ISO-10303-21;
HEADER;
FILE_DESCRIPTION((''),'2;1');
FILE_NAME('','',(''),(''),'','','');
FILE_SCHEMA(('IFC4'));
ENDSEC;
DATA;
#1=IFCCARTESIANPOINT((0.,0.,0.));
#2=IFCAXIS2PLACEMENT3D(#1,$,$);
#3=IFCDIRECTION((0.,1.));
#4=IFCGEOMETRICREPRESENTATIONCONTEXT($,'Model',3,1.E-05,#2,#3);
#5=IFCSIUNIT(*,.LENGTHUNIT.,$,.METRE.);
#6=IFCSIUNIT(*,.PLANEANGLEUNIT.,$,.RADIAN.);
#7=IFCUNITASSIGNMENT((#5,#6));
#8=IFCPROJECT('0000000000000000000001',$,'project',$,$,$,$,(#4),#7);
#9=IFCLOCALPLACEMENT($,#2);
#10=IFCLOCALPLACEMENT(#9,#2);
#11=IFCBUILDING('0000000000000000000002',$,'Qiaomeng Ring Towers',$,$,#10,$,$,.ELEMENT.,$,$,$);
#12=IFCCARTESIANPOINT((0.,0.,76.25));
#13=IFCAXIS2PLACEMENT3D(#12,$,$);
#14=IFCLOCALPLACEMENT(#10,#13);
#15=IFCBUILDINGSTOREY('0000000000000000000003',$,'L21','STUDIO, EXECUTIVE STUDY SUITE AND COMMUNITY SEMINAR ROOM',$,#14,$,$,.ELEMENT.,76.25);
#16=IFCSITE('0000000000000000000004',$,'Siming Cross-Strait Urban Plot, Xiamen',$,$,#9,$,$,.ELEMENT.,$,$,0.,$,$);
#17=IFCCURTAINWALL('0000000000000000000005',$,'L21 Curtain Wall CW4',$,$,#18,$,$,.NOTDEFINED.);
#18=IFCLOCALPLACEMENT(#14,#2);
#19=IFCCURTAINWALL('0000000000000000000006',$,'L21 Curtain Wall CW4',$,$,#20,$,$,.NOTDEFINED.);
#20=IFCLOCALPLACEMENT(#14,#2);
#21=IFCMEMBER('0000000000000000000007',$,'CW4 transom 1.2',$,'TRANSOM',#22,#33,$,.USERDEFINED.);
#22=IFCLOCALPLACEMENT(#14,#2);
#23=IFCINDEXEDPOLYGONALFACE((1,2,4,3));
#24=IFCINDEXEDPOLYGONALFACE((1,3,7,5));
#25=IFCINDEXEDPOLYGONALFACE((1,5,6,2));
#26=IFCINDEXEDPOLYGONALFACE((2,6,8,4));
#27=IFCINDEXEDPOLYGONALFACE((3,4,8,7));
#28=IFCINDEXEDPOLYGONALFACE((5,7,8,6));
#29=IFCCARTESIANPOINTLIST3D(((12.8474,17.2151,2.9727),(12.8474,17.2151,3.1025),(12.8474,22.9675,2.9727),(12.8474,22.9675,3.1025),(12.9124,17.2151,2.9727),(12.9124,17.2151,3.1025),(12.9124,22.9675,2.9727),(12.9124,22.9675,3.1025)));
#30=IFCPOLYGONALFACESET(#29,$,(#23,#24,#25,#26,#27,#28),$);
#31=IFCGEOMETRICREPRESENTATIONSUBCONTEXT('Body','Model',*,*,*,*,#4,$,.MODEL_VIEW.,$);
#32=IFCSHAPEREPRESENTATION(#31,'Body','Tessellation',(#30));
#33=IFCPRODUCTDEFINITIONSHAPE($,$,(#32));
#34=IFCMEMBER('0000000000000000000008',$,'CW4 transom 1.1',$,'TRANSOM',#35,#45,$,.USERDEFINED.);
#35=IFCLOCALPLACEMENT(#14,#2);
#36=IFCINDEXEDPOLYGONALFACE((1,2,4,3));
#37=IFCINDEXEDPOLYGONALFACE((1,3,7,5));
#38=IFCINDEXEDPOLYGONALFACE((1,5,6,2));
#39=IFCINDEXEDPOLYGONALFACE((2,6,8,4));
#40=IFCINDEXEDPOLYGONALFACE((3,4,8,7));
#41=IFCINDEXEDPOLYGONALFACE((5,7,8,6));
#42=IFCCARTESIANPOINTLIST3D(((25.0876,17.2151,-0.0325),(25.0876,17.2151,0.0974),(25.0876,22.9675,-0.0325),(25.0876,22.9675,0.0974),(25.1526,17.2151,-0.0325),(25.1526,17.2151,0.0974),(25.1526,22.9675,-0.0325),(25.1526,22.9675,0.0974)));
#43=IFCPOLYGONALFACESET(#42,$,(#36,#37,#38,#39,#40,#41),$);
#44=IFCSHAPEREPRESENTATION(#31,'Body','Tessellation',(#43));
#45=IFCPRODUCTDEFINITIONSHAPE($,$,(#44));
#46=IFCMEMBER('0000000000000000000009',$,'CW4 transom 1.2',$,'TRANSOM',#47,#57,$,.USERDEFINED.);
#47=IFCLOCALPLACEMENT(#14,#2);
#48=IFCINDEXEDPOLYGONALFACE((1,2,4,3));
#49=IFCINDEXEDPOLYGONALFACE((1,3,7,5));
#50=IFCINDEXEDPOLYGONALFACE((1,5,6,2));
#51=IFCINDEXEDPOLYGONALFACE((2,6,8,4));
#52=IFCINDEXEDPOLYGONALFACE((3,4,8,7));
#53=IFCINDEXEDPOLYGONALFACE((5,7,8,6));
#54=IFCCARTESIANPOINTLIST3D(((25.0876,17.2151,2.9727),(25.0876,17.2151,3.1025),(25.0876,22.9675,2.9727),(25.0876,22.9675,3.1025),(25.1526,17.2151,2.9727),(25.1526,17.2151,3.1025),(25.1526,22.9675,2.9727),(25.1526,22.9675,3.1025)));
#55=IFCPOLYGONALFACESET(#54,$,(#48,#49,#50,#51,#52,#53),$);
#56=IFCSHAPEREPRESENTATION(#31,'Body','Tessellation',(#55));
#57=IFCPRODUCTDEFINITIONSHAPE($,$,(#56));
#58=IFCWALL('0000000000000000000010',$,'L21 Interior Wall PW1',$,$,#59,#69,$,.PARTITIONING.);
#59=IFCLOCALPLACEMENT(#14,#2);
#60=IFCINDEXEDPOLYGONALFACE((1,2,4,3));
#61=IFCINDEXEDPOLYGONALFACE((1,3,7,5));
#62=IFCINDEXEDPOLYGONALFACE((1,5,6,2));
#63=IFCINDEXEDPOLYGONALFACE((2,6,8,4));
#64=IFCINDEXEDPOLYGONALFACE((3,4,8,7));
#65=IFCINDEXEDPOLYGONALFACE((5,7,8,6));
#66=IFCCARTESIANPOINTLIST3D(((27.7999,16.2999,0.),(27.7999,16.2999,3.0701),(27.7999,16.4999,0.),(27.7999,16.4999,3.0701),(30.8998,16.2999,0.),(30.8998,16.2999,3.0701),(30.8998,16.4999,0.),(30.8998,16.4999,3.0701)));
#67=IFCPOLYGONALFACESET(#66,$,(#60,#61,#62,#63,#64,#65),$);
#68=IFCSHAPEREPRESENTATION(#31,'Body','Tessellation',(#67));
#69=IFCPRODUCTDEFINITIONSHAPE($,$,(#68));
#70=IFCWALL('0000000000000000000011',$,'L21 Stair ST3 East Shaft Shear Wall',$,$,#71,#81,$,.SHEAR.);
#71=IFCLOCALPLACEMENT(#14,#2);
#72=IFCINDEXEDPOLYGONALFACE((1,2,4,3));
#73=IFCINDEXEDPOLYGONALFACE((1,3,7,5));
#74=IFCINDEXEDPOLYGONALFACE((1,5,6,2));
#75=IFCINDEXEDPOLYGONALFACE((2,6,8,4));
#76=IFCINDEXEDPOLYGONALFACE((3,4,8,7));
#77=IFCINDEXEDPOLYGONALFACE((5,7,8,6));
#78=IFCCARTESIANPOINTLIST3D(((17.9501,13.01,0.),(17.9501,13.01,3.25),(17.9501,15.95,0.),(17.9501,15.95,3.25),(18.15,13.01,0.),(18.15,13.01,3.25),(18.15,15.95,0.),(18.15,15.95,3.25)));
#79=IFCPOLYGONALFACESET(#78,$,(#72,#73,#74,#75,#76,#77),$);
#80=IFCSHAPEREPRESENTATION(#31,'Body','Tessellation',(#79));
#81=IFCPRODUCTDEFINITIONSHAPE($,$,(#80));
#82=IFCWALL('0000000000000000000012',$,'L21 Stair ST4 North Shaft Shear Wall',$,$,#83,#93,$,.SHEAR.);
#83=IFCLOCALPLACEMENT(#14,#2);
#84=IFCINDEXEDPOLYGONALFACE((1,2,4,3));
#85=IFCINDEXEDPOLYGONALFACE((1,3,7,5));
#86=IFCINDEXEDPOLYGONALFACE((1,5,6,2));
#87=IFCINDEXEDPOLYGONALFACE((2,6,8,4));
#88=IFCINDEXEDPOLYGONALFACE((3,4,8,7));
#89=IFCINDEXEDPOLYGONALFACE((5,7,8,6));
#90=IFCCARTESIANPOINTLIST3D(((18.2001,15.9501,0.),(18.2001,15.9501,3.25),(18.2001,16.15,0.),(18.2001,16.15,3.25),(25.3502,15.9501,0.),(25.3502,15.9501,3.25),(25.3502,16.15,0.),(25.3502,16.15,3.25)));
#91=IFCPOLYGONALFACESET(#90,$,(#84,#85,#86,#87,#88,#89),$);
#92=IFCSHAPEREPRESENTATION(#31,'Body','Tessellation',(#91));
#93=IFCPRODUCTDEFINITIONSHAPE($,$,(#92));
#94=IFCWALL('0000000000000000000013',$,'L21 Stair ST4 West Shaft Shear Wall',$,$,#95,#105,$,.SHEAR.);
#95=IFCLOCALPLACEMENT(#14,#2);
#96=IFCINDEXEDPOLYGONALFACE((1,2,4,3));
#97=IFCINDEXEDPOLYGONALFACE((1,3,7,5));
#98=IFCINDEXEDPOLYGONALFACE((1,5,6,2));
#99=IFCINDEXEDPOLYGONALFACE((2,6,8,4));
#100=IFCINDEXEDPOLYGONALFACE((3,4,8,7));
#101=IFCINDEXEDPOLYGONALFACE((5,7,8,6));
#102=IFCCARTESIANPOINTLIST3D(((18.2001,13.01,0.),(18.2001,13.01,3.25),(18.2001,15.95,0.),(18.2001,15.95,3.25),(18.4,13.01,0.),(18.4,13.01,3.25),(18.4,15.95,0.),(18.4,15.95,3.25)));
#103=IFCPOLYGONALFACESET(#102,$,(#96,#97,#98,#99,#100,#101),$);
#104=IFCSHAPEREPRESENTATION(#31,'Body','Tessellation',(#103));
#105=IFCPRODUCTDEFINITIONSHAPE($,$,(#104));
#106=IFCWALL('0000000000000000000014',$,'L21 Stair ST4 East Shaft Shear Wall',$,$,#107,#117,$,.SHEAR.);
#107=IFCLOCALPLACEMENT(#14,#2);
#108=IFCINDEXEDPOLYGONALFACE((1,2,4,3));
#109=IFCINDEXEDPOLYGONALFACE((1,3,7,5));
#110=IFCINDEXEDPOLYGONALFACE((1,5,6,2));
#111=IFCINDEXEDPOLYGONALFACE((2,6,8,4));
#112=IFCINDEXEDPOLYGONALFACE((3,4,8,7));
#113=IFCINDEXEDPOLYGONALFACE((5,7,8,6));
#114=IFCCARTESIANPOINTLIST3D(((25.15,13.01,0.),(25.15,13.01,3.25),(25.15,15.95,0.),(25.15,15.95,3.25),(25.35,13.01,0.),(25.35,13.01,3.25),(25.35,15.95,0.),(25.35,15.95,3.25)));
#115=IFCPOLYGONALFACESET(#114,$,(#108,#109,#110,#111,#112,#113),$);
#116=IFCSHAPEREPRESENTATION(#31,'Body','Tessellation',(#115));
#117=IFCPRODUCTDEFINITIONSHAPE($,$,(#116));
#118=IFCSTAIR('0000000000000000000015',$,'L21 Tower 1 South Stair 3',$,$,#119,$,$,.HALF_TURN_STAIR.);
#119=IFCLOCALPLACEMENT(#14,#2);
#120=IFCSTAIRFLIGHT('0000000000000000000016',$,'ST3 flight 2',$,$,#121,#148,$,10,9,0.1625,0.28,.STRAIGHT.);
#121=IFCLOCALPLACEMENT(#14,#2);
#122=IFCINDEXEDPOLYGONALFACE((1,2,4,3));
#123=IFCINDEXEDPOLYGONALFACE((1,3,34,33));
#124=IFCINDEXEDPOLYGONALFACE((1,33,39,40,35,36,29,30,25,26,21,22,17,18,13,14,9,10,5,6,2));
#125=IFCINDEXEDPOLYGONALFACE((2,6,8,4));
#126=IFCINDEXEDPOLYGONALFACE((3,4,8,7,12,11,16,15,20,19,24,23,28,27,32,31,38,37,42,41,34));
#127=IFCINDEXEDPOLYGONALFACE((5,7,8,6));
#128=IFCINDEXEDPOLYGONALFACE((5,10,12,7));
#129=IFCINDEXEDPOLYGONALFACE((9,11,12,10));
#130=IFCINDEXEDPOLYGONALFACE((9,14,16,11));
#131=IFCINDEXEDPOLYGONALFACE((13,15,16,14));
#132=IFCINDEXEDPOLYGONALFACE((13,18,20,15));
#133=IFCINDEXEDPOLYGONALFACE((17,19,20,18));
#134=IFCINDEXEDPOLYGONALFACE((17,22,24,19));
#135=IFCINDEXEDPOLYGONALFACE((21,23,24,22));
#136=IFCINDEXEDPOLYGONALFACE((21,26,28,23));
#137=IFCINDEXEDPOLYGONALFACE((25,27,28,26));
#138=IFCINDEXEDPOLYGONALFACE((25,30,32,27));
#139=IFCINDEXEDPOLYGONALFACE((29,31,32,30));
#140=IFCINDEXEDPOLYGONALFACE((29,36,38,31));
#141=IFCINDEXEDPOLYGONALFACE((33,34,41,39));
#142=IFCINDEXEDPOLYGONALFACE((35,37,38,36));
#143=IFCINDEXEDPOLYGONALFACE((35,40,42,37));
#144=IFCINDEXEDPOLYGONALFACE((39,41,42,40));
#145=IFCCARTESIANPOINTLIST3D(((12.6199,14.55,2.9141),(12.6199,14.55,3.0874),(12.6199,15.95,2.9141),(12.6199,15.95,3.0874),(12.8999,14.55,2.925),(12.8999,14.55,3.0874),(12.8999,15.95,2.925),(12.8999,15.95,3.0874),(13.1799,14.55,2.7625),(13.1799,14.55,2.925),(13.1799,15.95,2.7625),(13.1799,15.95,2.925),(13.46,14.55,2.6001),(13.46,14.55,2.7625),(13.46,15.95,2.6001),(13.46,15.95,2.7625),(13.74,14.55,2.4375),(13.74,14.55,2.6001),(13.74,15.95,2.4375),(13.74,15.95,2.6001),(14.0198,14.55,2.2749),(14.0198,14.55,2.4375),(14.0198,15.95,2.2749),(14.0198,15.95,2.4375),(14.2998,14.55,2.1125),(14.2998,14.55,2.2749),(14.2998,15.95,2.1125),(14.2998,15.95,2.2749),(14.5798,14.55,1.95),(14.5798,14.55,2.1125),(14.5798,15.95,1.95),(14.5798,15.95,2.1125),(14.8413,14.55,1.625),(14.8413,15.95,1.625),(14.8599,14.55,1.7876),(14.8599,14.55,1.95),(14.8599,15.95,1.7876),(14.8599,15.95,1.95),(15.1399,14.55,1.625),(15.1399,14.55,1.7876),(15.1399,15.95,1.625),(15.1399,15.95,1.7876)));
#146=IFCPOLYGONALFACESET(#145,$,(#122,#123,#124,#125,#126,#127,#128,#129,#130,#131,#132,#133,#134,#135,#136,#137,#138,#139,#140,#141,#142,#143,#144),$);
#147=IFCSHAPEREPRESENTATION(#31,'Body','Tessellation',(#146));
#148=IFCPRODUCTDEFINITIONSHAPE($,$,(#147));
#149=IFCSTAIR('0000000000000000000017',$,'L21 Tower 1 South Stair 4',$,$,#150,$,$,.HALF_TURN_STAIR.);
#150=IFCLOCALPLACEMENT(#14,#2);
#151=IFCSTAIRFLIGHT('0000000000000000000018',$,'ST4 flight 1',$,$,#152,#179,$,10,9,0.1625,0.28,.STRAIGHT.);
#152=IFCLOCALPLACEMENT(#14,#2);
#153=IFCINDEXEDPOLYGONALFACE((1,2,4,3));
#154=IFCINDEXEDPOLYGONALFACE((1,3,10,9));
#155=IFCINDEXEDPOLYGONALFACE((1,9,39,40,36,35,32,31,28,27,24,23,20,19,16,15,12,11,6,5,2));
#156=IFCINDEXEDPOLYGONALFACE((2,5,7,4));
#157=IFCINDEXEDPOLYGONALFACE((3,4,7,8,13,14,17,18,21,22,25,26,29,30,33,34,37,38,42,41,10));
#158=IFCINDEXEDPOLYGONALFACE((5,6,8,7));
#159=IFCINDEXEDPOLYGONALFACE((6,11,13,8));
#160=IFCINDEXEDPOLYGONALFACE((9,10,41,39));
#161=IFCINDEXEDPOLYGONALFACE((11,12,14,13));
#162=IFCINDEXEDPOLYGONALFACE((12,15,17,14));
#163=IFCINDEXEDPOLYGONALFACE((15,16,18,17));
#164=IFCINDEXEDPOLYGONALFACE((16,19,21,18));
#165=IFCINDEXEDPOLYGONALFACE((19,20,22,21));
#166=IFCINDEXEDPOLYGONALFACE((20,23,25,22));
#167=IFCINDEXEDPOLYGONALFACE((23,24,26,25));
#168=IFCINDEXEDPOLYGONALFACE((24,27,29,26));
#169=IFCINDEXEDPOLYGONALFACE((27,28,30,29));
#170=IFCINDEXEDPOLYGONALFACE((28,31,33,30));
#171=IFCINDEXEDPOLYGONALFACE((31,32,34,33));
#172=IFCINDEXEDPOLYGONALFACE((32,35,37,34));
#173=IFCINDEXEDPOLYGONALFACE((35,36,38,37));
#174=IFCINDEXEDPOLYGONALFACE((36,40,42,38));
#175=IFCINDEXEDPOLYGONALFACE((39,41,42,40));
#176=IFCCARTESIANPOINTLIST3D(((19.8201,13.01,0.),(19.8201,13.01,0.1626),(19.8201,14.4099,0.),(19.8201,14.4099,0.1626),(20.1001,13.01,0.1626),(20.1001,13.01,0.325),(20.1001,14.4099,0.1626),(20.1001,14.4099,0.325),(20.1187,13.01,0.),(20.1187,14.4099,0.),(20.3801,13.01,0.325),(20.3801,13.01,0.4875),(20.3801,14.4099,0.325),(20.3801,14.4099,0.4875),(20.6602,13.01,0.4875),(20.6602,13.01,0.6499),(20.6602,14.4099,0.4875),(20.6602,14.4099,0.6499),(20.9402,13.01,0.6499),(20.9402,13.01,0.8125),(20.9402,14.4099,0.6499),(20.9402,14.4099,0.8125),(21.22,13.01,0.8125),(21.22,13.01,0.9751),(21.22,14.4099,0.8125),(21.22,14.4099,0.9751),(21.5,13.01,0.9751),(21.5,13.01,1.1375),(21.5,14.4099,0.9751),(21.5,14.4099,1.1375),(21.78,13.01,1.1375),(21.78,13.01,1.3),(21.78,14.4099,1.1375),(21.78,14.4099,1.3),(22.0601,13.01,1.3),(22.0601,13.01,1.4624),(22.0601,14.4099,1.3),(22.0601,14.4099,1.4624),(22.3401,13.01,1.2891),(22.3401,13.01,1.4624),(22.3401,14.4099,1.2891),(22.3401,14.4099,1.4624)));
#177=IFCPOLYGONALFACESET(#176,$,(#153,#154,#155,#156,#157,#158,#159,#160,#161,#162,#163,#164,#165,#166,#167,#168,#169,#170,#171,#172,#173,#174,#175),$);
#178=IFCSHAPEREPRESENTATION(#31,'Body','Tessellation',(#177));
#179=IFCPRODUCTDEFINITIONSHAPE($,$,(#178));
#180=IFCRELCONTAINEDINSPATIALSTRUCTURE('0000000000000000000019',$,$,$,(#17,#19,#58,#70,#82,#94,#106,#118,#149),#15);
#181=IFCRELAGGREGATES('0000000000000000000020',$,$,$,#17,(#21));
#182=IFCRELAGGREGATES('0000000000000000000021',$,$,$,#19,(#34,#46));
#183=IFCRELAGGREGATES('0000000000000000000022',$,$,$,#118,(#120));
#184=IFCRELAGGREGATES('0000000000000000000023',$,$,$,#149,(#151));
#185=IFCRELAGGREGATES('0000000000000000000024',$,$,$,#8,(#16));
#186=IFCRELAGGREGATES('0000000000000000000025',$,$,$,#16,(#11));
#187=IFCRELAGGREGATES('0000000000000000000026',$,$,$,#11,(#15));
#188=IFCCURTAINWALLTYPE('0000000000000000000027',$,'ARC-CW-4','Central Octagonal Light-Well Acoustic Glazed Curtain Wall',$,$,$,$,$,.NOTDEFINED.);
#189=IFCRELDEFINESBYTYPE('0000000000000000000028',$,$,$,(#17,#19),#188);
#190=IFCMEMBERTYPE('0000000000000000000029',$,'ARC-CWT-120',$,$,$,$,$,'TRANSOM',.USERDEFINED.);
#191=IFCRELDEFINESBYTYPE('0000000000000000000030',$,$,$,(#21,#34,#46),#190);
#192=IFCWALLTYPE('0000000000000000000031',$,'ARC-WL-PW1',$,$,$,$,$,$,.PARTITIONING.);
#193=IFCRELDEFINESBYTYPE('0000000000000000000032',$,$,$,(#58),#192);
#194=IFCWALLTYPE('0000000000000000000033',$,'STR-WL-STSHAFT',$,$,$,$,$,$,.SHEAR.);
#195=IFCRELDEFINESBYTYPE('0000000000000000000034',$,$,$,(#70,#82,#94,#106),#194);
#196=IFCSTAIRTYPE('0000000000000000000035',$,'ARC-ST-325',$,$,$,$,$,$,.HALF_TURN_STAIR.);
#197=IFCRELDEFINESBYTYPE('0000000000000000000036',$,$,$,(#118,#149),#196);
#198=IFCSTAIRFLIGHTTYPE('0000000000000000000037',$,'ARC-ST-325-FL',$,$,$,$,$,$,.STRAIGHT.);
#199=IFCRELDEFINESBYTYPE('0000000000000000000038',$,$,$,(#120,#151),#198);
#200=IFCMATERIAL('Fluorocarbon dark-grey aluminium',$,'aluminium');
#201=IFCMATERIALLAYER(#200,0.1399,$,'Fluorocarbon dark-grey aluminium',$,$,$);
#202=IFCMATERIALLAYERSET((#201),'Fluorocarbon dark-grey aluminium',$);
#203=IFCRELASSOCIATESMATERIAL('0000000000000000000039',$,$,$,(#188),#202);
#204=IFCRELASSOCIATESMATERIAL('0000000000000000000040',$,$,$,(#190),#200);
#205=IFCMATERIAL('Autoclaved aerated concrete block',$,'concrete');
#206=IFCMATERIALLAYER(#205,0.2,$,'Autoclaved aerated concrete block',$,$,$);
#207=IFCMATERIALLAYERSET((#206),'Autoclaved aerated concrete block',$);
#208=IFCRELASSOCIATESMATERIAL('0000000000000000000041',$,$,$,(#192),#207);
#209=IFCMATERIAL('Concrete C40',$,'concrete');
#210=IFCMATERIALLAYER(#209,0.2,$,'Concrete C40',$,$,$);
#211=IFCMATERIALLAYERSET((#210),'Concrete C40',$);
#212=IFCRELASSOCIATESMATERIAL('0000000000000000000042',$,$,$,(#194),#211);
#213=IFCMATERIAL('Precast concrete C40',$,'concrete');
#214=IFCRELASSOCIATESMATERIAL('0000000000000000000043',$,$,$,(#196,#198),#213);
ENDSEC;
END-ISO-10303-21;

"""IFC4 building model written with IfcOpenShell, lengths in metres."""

from ifc_helpers import new_model, si_unit, direction, frame, frame_2d, origin, origin_2d, place, context, subcontext, project, spatial, polyline, rectangle, outline, extrude, source, transform, mapped, material, layer, layer_set, material_profile, profile_set, type_object, element, aggregate, save


model = new_model("IFC4")

# Units and contexts
model_context = context("Model", 3, precision=1e-05, world=origin(), true_north=direction((0.0, 1.0)))
body_context = subcontext(model_context, "Body", "Model", "MODEL_VIEW")
ifc_project = project(units=[si_unit("LENGTHUNIT", "METRE"), si_unit("PLANEANGLEUNIT", "RADIAN")], contexts=[model_context])

# Site, building, storey
site_placement = place(None, origin())
site = spatial("IfcSite", under=ifc_project, at=site_placement, Name="Siming Cross-Strait Urban Plot, Xiamen", CompositionType="ELEMENT", RefElevation=0.0)
building_placement = place(site_placement, origin())
building = spatial("IfcBuilding", under=site, at=building_placement, Name="Qiaomeng Ring Towers", CompositionType="ELEMENT")
storey_placement = place(building_placement, frame((0.0, 0.0, 76.25)))
storey = spatial("IfcBuildingStorey", under=building, at=storey_placement, Name="L21", Description="STUDIO, EXECUTIVE STUDY SUITE AND COMMUNITY SEMINAR ROOM", CompositionType="ELEMENT", Elevation=76.25)

# Curtain walls
ifc_material_1 = material(Name="Fluorocarbon dark-grey aluminium", Category="aluminium")
ifc_layer_1 = layer(ifc_material_1, 0.1399, Name="Fluorocarbon dark-grey aluminium")
ifc_layer_set_1 = layer_set([ifc_layer_1], Name="Fluorocarbon dark-grey aluminium")
curtain_wall_type = type_object("IfcCurtainWallType", Name="ARC-CW-4", Description="Central Octagonal Light-Well Acoustic Glazed Curtain Wall", PredefinedType="NOTDEFINED", material=ifc_layer_set_1)
curtain_wall_1_placement = place(storey_placement, origin())
curtain_wall_1 = element("IfcCurtainWall", 1, at=curtain_wall_1_placement, inside=storey, type_object=curtain_wall_type, Name="L21 Curtain Wall CW4", PredefinedType="NOTDEFINED")
curtain_wall_2_placement = place(storey_placement, origin())
curtain_wall_2 = element("IfcCurtainWall", 2, at=curtain_wall_2_placement, inside=storey, type_object=curtain_wall_type, Name="L21 Curtain Wall CW4", PredefinedType="NOTDEFINED")

# Members
ifc_material_profile_1 = material_profile(ifc_material_1, rectangle(XDim=0.0649, YDim=0.1299, at=origin_2d()), Name="ALU TRAN 65x130")
ifc_profile_set_1 = profile_set([ifc_material_profile_1], Name="Fluorocarbon dark-grey aluminium")
member_type_1 = type_object("IfcMemberType", Name="ARC-CWT-120", ElementType="TRANSOM", PredefinedType="USERDEFINED", material=ifc_profile_set_1)
shared_shape_1 = source(origin(), body_context, "Body", "SweptSolid", [
    extrude(rectangle(XDim=0.0649, YDim=0.1299, at=origin_2d()), origin(), (0.0, 0.0, 1.0), 5.7524),
])
member_1_placement = place(storey_placement, frame((12.8799, 17.2151, 3.0376), z_axis=(0.0, 1.0, 0.0), x_axis=(-1.0, 0.0, 0.0)))
member_1 = element("IfcMember", 3, at=member_1_placement, type_object=member_type_1, Name="CW4 transom 1.2", ObjectType="TRANSOM", PredefinedType="USERDEFINED", context=body_context, shape_type="MappedRepresentation", body=[
    mapped(shared_shape_1, transform((0.0, 0.0, 0.0), x_axis=(1.0, 0.0, 0.0), y_axis=(0.0, 1.0, 0.0), z_axis=(0.0, 0.0, 1.0), scale=1.0)),
])
aggregate(curtain_wall_1, [member_1])
member_2_placement = place(storey_placement, frame((25.1201, 17.2151, 0.0325), z_axis=(0.0, 1.0, 0.0), x_axis=(-1.0, 0.0, 0.0)))
member_2 = element("IfcMember", 4, at=member_2_placement, type_object=member_type_1, Name="CW4 transom 1.1", ObjectType="TRANSOM", PredefinedType="USERDEFINED", context=body_context, shape_type="MappedRepresentation", body=[
    mapped(shared_shape_1, transform((0.0, 0.0, 0.0), x_axis=(1.0, 0.0, 0.0), y_axis=(0.0, 1.0, 0.0), z_axis=(0.0, 0.0, 1.0), scale=1.0)),
])
member_3_placement = place(storey_placement, frame((25.1201, 17.2151, 3.0376), z_axis=(0.0, 1.0, 0.0), x_axis=(-1.0, 0.0, 0.0)))
member_3 = element("IfcMember", 5, at=member_3_placement, type_object=member_type_1, Name="CW4 transom 1.2", ObjectType="TRANSOM", PredefinedType="USERDEFINED", context=body_context, shape_type="MappedRepresentation", body=[
    mapped(shared_shape_1, transform((0.0, 0.0, 0.0), x_axis=(1.0, 0.0, 0.0), y_axis=(0.0, 1.0, 0.0), z_axis=(0.0, 0.0, 1.0), scale=1.0)),
])
aggregate(curtain_wall_2, [member_2, member_3])

# Walls
ifc_material_2 = material(Name="Autoclaved aerated concrete block", Category="concrete")
ifc_layer_2 = layer(ifc_material_2, 0.2, Name="Autoclaved aerated concrete block")
ifc_layer_set_2 = layer_set([ifc_layer_2], Name="Autoclaved aerated concrete block")
wall_type_1 = type_object("IfcWallType", Name="ARC-WL-PW1", PredefinedType="PARTITIONING", material=ifc_layer_set_2)
wall_1_placement = place(storey_placement, frame((27.8, 16.3999, 0.0), z_axis=(0.0, 0.0, 1.0), x_axis=(1.0, 0.0, 0.0)))
element("IfcWall", 6, at=wall_1_placement, inside=storey, type_object=wall_type_1, Name="L21 Interior Wall PW1", PredefinedType="PARTITIONING", context=body_context, shape_type="SweptSolid", body=[
    extrude(rectangle(XDim=3.0999, YDim=0.2, at=frame_2d((1.5498, 0.0))), origin(), (0.0, 0.0, 1.0), 3.0701),
])
ifc_material_3 = material(Name="Concrete C40", Category="concrete")
ifc_layer_3 = layer(ifc_material_3, 0.2, Name="Concrete C40")
ifc_layer_set_3 = layer_set([ifc_layer_3], Name="Concrete C40")
wall_type_2 = type_object("IfcWallType", Name="STR-WL-STSHAFT", PredefinedType="SHEAR", material=ifc_layer_set_3)
wall_2_placement = place(storey_placement, frame((18.05, 13.01, 0.0), z_axis=(0.0, 0.0, 1.0), x_axis=(0.0, 1.0, 0.0)))
element("IfcWall", 7, at=wall_2_placement, inside=storey, type_object=wall_type_2, Name="L21 Stair ST3 East Shaft Shear Wall", PredefinedType="SHEAR", context=body_context, shape_type="SweptSolid", body=[
    extrude(rectangle(XDim=2.9399, YDim=0.2, at=frame_2d((1.47, 0.0))), origin(), (0.0, 0.0, 1.0), 3.25),
])
wall_3_placement = place(storey_placement, frame((18.2, 16.05, 0.0), z_axis=(0.0, 0.0, 1.0), x_axis=(1.0, 0.0, 0.0)))
element("IfcWall", 8, at=wall_3_placement, inside=storey, type_object=wall_type_2, Name="L21 Stair ST4 North Shaft Shear Wall", PredefinedType="SHEAR", context=body_context, shape_type="SweptSolid", body=[
    extrude(rectangle(XDim=7.1501, YDim=0.2, at=frame_2d((3.5752, 0.0))), origin(), (0.0, 0.0, 1.0), 3.25),
])
for number, where, z_axis, x_axis, name in (
    (9, (18.3, 13.01, 0.0), (0.0, 0.0, 1.0), (0.0, 1.0, 0.0), "L21 Stair ST4 West Shaft Shear Wall"),
    (10, (25.25, 13.01, 0.0), (0.0, 0.0, 1.0), (0.0, 1.0, 0.0), "L21 Stair ST4 East Shaft Shear Wall"),
):
    element("IfcWall", number, at=place(storey_placement, frame(where, z_axis=z_axis, x_axis=x_axis)), inside=storey, type_object=wall_type_2, Name=name, PredefinedType="SHEAR", context=body_context, shape_type="SweptSolid", body=[
        extrude(rectangle(XDim=2.9399, YDim=0.2, at=frame_2d((1.47, 0.0))), origin(), (0.0, 0.0, 1.0), 3.25),
    ])

# Stair, stair flight
ifc_material_4 = material(Name="Precast concrete C40", Category="concrete")
stair_type = type_object("IfcStairType", Name="ARC-ST-325", PredefinedType="HALF_TURN_STAIR", material=ifc_material_4)
stair_1_placement = place(storey_placement, origin())
stair_1 = element("IfcStair", 11, at=stair_1_placement, inside=storey, type_object=stair_type, Name="L21 Tower 1 South Stair 3", PredefinedType="HALF_TURN_STAIR")
stair_flight_type = type_object("IfcStairFlightType", Name="ARC-ST-325-FL", PredefinedType="STRAIGHT", material=ifc_material_4)
shared_shape_2 = source(origin(), body_context, "Body", "SweptSolid", [
    extrude(outline(polyline([(0.0, 0.0), (0.0, 0.1626), (0.28, 0.1626), (0.28, 0.325), (0.5601, 0.325), (0.5601, 0.4875), (0.8401, 0.4875), (0.8401, 0.6499), (1.1201, 0.6499), (1.1201, 0.8125), (1.3999, 0.8125), (1.3999, 0.9751), (1.6799, 0.9751), (1.6799, 1.1375), (1.96, 1.1375), (1.96, 1.3), (2.24, 1.3), (2.24, 1.4624), (2.52, 1.4624), (2.52, 1.625), (2.52, 1.2891), (0.2986, 0.0), (0.0, 0.0)])), frame((0.0, 0.7, 0.0), z_axis=(0.0, -1.0, 0.0), x_axis=(1.0, 0.0, 0.0)), (0.0, 0.0, 1.0), 1.3999),
])
stair_flight_1_placement = place(storey_placement, frame((15.1399, 15.25, 1.625), z_axis=(0.0, 0.0, 1.0), x_axis=(-1.0, 0.0, 0.0)))
stair_flight_1 = element("IfcStairFlight", 12, at=stair_flight_1_placement, type_object=stair_flight_type, Name="ST3 flight 2", NumberOfRisers=10, NumberOfTreads=9, PredefinedType="STRAIGHT", RiserHeight=0.1625, TreadLength=0.28, context=body_context, shape_type="MappedRepresentation", body=[
    mapped(shared_shape_2, transform((0.0, 0.0, 0.0), x_axis=(1.0, 0.0, 0.0), y_axis=(0.0, 1.0, 0.0), z_axis=(0.0, 0.0, 1.0), scale=1.0)),
])
aggregate(stair_1, [stair_flight_1])

# Stair, stair flight
stair_2_placement = place(storey_placement, origin())
stair_2 = element("IfcStair", 13, at=stair_2_placement, inside=storey, type_object=stair_type, Name="L21 Tower 1 South Stair 4", PredefinedType="HALF_TURN_STAIR")
stair_flight_2_placement = place(storey_placement, frame((19.8201, 13.71, 0.0), z_axis=(0.0, 0.0, 1.0), x_axis=(1.0, 0.0, 0.0)))
stair_flight_2 = element("IfcStairFlight", 14, at=stair_flight_2_placement, type_object=stair_flight_type, Name="ST4 flight 1", NumberOfRisers=10, NumberOfTreads=9, PredefinedType="STRAIGHT", RiserHeight=0.1625, TreadLength=0.28, context=body_context, shape_type="MappedRepresentation", body=[
    mapped(shared_shape_2, transform((0.0, 0.0, 0.0), x_axis=(1.0, 0.0, 0.0), y_axis=(0.0, 1.0, 0.0), z_axis=(0.0, 0.0, 1.0), scale=1.0)),
])
aggregate(stair_2, [stair_flight_2])

save(model, "model.ifc")
